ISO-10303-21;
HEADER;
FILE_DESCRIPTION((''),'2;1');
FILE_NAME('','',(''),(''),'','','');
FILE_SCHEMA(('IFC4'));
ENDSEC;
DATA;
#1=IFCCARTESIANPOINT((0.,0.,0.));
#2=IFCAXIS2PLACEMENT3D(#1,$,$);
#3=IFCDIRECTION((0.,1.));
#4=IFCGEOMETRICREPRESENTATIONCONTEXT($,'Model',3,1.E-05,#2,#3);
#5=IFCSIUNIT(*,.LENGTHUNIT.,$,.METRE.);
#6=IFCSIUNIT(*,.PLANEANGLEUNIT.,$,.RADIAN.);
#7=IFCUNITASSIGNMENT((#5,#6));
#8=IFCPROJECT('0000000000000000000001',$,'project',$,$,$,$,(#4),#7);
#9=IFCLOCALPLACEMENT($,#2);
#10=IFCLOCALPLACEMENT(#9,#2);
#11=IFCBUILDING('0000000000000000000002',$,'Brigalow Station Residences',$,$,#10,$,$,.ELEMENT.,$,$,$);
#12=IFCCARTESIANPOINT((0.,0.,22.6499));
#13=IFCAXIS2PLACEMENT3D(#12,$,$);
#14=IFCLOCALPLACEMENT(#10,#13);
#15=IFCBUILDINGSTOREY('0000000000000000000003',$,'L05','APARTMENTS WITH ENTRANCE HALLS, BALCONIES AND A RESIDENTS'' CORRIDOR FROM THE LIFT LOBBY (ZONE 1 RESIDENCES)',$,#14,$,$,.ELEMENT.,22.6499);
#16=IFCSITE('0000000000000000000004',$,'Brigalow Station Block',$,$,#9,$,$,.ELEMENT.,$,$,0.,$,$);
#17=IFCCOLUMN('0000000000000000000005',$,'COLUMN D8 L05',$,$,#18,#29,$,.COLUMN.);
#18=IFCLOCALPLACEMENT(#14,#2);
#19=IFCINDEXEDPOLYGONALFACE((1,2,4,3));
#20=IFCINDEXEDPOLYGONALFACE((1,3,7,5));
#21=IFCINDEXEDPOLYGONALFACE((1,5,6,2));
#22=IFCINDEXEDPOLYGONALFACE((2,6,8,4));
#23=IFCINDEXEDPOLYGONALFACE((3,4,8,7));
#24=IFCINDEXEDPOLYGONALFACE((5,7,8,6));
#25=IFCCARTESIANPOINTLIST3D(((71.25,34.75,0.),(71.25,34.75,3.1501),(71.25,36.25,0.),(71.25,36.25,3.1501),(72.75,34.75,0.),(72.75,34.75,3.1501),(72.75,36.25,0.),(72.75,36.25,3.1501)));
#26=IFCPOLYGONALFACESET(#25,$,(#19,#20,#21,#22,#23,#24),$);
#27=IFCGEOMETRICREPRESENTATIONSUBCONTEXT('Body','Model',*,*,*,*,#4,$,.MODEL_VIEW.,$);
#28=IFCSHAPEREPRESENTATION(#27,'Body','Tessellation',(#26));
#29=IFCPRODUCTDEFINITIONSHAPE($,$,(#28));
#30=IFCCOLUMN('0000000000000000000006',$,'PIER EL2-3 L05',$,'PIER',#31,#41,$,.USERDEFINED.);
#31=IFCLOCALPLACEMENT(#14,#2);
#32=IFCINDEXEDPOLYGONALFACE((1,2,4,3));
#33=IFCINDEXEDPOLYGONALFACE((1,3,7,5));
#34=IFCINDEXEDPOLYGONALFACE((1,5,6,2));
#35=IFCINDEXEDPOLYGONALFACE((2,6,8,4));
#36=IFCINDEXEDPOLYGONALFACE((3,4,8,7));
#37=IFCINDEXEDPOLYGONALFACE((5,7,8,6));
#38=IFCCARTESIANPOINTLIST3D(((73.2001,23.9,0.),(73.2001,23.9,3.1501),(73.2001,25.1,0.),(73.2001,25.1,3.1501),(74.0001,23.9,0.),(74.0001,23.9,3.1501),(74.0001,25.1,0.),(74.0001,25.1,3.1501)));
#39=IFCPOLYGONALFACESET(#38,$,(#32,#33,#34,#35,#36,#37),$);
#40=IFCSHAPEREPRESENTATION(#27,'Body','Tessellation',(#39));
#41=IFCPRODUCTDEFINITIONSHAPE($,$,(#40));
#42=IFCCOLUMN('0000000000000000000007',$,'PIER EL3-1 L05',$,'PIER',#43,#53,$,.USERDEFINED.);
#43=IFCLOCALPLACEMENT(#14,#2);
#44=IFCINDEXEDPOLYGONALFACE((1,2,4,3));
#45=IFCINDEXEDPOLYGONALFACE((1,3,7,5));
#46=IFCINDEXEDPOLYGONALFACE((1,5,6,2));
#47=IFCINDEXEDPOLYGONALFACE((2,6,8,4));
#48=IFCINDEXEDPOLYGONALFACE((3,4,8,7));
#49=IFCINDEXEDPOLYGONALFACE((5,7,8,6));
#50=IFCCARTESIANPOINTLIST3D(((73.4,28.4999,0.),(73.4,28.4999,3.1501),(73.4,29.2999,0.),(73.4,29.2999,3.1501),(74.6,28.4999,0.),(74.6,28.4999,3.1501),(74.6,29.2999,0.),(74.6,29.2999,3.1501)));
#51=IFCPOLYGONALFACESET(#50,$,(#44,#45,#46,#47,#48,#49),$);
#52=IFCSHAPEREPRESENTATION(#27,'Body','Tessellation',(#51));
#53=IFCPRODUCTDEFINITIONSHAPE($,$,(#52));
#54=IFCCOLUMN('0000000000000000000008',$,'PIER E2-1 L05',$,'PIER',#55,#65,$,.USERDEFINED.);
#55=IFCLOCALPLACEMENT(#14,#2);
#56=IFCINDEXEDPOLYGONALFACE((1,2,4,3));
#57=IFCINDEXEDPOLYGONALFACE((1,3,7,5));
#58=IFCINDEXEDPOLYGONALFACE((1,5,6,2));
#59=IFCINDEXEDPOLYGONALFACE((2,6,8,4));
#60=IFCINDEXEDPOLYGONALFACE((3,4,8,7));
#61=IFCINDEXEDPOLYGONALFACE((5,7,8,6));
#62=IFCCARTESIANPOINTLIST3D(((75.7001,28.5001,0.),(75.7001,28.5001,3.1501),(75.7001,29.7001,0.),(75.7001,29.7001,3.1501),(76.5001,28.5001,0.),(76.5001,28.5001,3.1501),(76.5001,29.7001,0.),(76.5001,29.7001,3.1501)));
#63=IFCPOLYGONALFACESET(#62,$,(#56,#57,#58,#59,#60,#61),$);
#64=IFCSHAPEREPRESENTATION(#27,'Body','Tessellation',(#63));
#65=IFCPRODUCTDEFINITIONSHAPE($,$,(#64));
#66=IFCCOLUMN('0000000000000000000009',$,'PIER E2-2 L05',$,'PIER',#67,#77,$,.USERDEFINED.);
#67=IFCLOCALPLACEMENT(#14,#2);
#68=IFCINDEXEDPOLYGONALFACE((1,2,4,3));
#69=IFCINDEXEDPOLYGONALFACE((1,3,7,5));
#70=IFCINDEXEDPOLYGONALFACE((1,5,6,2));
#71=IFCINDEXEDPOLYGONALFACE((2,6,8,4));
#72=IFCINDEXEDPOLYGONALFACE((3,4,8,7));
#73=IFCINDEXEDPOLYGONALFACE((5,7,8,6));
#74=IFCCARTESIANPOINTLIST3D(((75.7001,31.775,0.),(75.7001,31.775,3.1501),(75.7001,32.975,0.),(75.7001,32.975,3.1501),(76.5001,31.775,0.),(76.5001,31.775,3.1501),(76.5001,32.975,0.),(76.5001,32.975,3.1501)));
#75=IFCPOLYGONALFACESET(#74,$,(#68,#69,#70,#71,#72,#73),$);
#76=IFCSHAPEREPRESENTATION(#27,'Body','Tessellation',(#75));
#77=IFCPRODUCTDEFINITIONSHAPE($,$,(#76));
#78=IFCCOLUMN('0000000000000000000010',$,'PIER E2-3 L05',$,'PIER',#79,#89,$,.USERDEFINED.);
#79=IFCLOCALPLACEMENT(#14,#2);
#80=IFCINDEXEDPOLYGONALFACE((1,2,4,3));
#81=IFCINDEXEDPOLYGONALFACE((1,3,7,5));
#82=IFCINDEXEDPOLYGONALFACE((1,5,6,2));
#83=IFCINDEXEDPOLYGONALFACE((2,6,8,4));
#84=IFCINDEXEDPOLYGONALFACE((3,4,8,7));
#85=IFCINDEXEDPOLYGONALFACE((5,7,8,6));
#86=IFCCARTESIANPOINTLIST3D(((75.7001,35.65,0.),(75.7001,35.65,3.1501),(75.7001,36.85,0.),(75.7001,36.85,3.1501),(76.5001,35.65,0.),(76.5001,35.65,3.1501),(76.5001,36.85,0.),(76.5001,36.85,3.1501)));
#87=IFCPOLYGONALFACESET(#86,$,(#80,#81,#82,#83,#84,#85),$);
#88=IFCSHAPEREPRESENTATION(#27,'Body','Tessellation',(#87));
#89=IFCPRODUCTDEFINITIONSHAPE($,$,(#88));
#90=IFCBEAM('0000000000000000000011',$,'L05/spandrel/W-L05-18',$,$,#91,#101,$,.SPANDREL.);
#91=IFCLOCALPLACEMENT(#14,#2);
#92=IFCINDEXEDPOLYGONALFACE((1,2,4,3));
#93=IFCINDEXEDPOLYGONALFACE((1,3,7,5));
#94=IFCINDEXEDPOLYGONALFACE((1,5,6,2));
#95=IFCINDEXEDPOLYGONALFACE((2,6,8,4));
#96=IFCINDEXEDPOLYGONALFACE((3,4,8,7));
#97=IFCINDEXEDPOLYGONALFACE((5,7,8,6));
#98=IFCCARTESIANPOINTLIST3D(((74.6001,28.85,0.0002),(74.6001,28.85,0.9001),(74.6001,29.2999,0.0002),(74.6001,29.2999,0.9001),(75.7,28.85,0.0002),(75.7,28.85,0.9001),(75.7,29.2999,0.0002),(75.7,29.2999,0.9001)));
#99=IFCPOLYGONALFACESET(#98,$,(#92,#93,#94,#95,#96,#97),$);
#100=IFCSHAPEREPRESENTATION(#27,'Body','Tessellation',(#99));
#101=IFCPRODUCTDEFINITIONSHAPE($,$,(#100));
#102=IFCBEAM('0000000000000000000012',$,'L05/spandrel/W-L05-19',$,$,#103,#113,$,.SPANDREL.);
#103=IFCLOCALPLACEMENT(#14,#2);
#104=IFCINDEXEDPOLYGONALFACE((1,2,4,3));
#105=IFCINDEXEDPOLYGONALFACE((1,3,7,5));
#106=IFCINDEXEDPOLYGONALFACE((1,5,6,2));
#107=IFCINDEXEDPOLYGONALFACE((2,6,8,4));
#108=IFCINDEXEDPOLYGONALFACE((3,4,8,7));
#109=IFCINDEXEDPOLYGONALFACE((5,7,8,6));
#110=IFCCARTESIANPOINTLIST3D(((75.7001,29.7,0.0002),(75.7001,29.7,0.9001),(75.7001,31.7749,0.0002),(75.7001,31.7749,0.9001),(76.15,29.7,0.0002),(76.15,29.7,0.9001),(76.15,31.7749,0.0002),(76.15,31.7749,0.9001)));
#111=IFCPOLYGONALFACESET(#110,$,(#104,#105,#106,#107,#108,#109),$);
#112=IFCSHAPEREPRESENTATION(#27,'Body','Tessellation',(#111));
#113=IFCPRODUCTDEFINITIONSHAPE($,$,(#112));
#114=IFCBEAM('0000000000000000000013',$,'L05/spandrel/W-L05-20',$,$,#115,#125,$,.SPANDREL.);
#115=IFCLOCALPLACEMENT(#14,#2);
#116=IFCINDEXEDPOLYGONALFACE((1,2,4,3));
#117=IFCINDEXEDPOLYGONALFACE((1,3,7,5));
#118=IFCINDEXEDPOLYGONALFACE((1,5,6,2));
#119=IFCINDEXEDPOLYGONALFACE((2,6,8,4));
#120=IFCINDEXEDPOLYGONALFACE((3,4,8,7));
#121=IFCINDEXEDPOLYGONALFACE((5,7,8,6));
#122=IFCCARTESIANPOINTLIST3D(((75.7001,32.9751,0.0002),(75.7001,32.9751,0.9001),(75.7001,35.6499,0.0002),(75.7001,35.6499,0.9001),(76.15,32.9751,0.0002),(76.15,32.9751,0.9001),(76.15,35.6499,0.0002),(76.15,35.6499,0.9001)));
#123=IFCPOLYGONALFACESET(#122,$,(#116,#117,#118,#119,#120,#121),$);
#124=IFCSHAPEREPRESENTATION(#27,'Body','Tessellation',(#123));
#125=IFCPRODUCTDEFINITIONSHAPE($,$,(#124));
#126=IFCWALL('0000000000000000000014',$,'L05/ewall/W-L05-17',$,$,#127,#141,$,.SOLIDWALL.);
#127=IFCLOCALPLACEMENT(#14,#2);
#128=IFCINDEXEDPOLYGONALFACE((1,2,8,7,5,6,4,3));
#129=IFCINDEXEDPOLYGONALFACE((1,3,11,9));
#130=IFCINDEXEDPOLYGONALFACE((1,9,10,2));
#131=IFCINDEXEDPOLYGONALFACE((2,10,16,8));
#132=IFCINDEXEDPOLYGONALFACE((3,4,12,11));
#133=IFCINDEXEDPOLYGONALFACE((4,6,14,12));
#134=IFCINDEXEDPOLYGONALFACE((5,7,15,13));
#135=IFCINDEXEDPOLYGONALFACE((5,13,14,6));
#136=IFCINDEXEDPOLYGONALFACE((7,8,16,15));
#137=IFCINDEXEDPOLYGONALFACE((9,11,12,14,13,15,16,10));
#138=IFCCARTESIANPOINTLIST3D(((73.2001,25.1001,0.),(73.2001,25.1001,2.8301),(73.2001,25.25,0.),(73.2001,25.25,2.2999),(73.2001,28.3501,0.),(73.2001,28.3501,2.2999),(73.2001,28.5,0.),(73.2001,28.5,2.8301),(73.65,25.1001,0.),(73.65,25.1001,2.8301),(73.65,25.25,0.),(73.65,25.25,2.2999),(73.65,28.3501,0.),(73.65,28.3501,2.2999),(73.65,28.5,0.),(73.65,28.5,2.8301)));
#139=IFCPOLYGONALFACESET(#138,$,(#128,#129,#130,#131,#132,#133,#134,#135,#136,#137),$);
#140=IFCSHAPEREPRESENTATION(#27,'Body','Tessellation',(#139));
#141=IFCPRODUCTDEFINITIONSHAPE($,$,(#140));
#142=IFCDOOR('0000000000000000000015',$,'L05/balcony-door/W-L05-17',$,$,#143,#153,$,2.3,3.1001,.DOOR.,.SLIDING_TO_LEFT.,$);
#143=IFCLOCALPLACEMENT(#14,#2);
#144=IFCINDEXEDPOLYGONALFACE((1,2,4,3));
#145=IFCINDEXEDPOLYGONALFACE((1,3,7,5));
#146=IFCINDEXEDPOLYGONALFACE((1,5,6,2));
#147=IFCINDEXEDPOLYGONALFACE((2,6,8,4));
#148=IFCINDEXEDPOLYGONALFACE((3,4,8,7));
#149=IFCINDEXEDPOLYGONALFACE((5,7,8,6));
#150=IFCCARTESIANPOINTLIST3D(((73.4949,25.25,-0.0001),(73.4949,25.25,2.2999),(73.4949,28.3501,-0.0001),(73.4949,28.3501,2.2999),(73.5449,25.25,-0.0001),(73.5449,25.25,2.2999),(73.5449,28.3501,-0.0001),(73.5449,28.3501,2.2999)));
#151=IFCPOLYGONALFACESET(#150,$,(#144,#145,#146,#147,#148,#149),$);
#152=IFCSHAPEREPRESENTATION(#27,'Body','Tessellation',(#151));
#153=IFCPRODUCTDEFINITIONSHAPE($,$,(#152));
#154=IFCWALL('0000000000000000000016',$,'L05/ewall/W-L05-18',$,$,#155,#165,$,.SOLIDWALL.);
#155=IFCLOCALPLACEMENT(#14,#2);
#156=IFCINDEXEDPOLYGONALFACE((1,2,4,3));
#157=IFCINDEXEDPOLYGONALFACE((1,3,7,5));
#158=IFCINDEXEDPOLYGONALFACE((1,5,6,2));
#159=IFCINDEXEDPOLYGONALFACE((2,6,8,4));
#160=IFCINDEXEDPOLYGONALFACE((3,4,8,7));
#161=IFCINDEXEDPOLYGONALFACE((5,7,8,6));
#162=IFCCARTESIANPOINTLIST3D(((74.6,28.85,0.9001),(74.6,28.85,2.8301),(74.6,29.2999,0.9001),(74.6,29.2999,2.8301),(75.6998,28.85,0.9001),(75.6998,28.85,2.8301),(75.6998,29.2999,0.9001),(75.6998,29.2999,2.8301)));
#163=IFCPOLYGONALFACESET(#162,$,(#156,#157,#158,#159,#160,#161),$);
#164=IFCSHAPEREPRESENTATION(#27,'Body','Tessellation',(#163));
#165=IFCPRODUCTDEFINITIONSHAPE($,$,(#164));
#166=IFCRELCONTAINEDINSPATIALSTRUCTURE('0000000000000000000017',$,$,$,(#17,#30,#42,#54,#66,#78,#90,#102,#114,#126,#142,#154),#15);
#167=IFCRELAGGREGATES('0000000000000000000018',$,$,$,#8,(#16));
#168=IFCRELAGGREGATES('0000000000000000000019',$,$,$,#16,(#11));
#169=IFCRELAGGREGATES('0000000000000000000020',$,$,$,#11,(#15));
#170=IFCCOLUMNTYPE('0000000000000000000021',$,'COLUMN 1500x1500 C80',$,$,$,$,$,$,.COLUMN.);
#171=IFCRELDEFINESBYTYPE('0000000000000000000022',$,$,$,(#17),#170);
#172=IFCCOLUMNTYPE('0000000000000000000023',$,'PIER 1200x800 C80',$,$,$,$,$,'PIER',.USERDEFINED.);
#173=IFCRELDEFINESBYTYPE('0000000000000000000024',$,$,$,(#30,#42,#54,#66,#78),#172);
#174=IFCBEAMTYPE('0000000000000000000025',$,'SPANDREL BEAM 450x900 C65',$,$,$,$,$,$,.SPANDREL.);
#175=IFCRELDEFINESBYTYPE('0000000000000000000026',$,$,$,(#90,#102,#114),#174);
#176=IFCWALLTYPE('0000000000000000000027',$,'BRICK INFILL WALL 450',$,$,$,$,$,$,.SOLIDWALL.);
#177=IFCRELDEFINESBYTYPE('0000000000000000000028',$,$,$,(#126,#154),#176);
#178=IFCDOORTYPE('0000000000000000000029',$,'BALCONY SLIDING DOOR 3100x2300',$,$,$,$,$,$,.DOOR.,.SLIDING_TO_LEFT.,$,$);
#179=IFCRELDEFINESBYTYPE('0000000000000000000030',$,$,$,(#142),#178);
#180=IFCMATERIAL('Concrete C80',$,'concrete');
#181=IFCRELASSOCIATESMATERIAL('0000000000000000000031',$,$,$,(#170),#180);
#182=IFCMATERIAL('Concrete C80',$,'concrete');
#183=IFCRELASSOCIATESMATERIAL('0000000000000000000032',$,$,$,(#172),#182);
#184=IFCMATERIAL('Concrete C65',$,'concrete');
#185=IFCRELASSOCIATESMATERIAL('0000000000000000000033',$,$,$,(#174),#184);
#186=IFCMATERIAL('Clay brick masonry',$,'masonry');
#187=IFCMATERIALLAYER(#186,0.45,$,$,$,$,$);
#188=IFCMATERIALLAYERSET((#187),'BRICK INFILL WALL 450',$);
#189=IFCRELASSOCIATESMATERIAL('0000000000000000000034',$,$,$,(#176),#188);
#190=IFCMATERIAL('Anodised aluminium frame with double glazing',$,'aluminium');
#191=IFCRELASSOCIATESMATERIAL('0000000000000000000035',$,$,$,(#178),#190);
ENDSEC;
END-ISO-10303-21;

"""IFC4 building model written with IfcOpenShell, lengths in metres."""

from ifc_helpers import new_model, si_unit, direction, frame, frame_2d, origin, origin_2d, place, context, subcontext, project, spatial, rectangle, extrude, material, layer, layer_set, material_profile, profile_set, type_object, element, fill, save


model = new_model("IFC4")

# Units and contexts
model_context = context("Model", 3, precision=1e-05, world=origin(), true_north=direction((0.0, 1.0)))
body_context = subcontext(model_context, "Body", "Model", "MODEL_VIEW")
ifc_project = project(units=[si_unit("LENGTHUNIT", "METRE"), si_unit("PLANEANGLEUNIT", "RADIAN")], contexts=[model_context])

# Site, building, storey
site_placement = place(None, origin())
site = spatial("IfcSite", under=ifc_project, at=site_placement, Name="Brigalow Station Block", CompositionType="ELEMENT", RefElevation=0.0)
building_placement = place(site_placement, origin())
building = spatial("IfcBuilding", under=site, at=building_placement, Name="Brigalow Station Residences", CompositionType="ELEMENT")
storey_placement = place(building_placement, frame((0.0, 0.0, 22.6499)))
storey = spatial("IfcBuildingStorey", under=building, at=storey_placement, Name="L05", Description="APARTMENTS WITH ENTRANCE HALLS, BALCONIES AND A RESIDENTS' CORRIDOR FROM THE LIFT LOBBY (ZONE 1 RESIDENCES)", CompositionType="ELEMENT", Elevation=22.6499)

# Columns
ifc_material_1 = material(Name="Concrete C80", Category="concrete")
ifc_material_profile_1 = material_profile(ifc_material_1, rectangle(XDim=1.5, YDim=1.5, at=origin_2d()), Name="RC1500x1500")
ifc_profile_set_1 = profile_set([ifc_material_profile_1], Name="Concrete C80")
column_type_1 = type_object("IfcColumnType", Name="COLUMN 1500x1500 C80", PredefinedType="COLUMN", material=ifc_profile_set_1)
column_placement = place(storey_placement, frame((72.0, 35.5, 0.0), z_axis=(0.0, 0.0, 1.0), x_axis=(1.0, 0.0, 0.0)))
element("IfcColumn", 1, at=column_placement, inside=storey, type_object=column_type_1, Name="COLUMN D8 L05", PredefinedType="COLUMN", context=body_context, shape_type="SweptSolid", body=[
    extrude(rectangle(XDim=1.5, YDim=1.5, at=origin_2d()), origin(), (0.0, 0.0, 1.0), 3.1501),
])
ifc_material_2 = material(Name="Concrete C80", Category="concrete")
ifc_material_profile_2 = material_profile(ifc_material_2, rectangle(XDim=1.2, YDim=0.8, at=origin_2d()), Name="RC1200x800")
ifc_profile_set_2 = profile_set([ifc_material_profile_2], Name="Concrete C80")
column_type_2 = type_object("IfcColumnType", Name="PIER 1200x800 C80", ElementType="PIER", PredefinedType="USERDEFINED", material=ifc_profile_set_2)
for number, where, z_axis, x_axis, name in (
    (2, (73.6001, 24.5, 0.0), (0.0, 0.0, 1.0), (0.0, 1.0, 0.0), "PIER EL2-3 L05"),
    (3, (74.0, 28.8999, 0.0), (0.0, 0.0, 1.0), (1.0, 0.0, 0.0), "PIER EL3-1 L05"),
    (4, (76.1001, 29.1001, 0.0), (0.0, 0.0, 1.0), (0.0, 1.0, 0.0), "PIER E2-1 L05"),
    (5, (76.1001, 32.375, 0.0), (0.0, 0.0, 1.0), (0.0, 1.0, 0.0), "PIER E2-2 L05"),
    (6, (76.1001, 36.25, 0.0), (0.0, 0.0, 1.0), (0.0, 1.0, 0.0), "PIER E2-3 L05"),
):
    element("IfcColumn", number, at=place(storey_placement, frame(where, z_axis=z_axis, x_axis=x_axis)), inside=storey, type_object=column_type_2, Name=name, ObjectType="PIER", PredefinedType="USERDEFINED", context=body_context, shape_type="SweptSolid", body=[
        extrude(rectangle(XDim=1.2, YDim=0.8, at=origin_2d()), origin(), (0.0, 0.0, 1.0), 3.1501),
    ])

# Beams
ifc_material_3 = material(Name="Concrete C65", Category="concrete")
ifc_material_profile_3 = material_profile(ifc_material_3, rectangle(XDim=0.45, YDim=0.8999, at=origin_2d()), Name="RC450x900")
ifc_profile_set_3 = profile_set([ifc_material_profile_3], Name="Concrete C65")
beam_type = type_object("IfcBeamType", Name="SPANDREL BEAM 450x900 C65", PredefinedType="SPANDREL", material=ifc_profile_set_3)
beam_1_placement = place(storey_placement, frame((74.6001, 29.075, 0.4502), z_axis=(1.0, 0.0, 0.0), x_axis=(0.0, 1.0, 0.0)))
element("IfcBeam", 7, at=beam_1_placement, inside=storey, type_object=beam_type, Name="L05/spandrel/W-L05-18", PredefinedType="SPANDREL", context=body_context, shape_type="SweptSolid", body=[
    extrude(rectangle(XDim=0.45, YDim=0.8999, at=origin_2d()), origin(), (0.0, 0.0, 1.0), 1.0999),
])
beam_2_placement = place(storey_placement, frame((75.925, 29.7, 0.4502), z_axis=(0.0, 1.0, 0.0), x_axis=(-1.0, 0.0, 0.0)))
element("IfcBeam", 8, at=beam_2_placement, inside=storey, type_object=beam_type, Name="L05/spandrel/W-L05-19", PredefinedType="SPANDREL", context=body_context, shape_type="SweptSolid", body=[
    extrude(rectangle(XDim=0.45, YDim=0.8999, at=origin_2d()), origin(), (0.0, 0.0, 1.0), 2.075),
])
beam_3_placement = place(storey_placement, frame((75.925, 32.9751, 0.4502), z_axis=(0.0, 1.0, 0.0), x_axis=(-1.0, 0.0, 0.0)))
element("IfcBeam", 9, at=beam_3_placement, inside=storey, type_object=beam_type, Name="L05/spandrel/W-L05-20", PredefinedType="SPANDREL", context=body_context, shape_type="SweptSolid", body=[
    extrude(rectangle(XDim=0.45, YDim=0.8999, at=origin_2d()), origin(), (0.0, 0.0, 1.0), 2.6748),
])

# Wall, opening, door
ifc_material_4 = material(Name="Clay brick masonry", Category="masonry")
ifc_layer = layer(ifc_material_4, 0.45)
ifc_layer_set = layer_set([ifc_layer], Name="BRICK INFILL WALL 450")
wall_type = type_object("IfcWallType", Name="BRICK INFILL WALL 450", PredefinedType="SOLIDWALL", material=ifc_layer_set)
wall_1_placement = place(storey_placement, frame((73.425, 25.1001, 0.0), z_axis=(0.0, 0.0, 1.0), x_axis=(0.0, 1.0, 0.0)))
wall_1 = element("IfcWall", 10, at=wall_1_placement, inside=storey, type_object=wall_type, Name="L05/ewall/W-L05-17", PredefinedType="SOLIDWALL", context=body_context, shape_type="SweptSolid", body=[
    extrude(rectangle(XDim=3.3999, YDim=0.45, at=frame_2d((1.7, 0.0))), origin(), (0.0, 0.0, 1.0), 2.8301),
])
opening_1_placement = place(wall_1_placement, frame((0.1499, 0.0, 0.0)))
opening_1 = element("IfcOpeningElement", 11, at=opening_1_placement, cuts=wall_1, PredefinedType="OPENING", context=body_context, shape_type="SweptSolid", body=[
    extrude(rectangle(XDim=3.1001, YDim=2.3, at=frame_2d((1.55, 1.1499))), frame((0.0, 0.2349, 0.0), z_axis=(0.0, -1.0, 0.0), x_axis=(1.0, 0.0, 0.0)), (0.0, 0.0, 1.0), 0.47),
])
ifc_material_5 = material(Name="Anodised aluminium frame with double glazing", Category="aluminium")
door_type = type_object("IfcDoorType", Name="BALCONY SLIDING DOOR 3100x2300", OperationType="SLIDING_TO_LEFT", PredefinedType="DOOR", material=ifc_material_5)
door_placement = place(opening_1_placement, origin())
door = element("IfcDoor", 12, at=door_placement, inside=storey, type_object=door_type, Name="L05/balcony-door/W-L05-17", OperationType="SLIDING_TO_LEFT", OverallHeight=2.3, OverallWidth=3.1001, PredefinedType="DOOR", context=body_context, shape_type="SweptSolid", body=[
    extrude(rectangle(XDim=3.1001, YDim=2.3, at=frame_2d((1.55, 1.1499))), frame((0.0, -0.0698, 0.0), z_axis=(0.0, -1.0, 0.0), x_axis=(1.0, 0.0, 0.0)), (0.0, 0.0, 1.0), 0.05),
])
fill(opening_1, door)

# Wall
wall_2_placement = place(storey_placement, frame((74.6001, 29.075, 0.9001), z_axis=(0.0, 0.0, 1.0), x_axis=(1.0, 0.0, 0.0)))
element("IfcWall", 13, at=wall_2_placement, inside=storey, type_object=wall_type, Name="L05/ewall/W-L05-18", PredefinedType="SOLIDWALL", context=body_context, shape_type="SweptSolid", body=[
    extrude(rectangle(XDim=1.0999, YDim=0.45, at=frame_2d((0.5498, 0.0))), origin(), (0.0, 0.0, 1.0), 1.9299),
])

save(model, "model.ifc")
